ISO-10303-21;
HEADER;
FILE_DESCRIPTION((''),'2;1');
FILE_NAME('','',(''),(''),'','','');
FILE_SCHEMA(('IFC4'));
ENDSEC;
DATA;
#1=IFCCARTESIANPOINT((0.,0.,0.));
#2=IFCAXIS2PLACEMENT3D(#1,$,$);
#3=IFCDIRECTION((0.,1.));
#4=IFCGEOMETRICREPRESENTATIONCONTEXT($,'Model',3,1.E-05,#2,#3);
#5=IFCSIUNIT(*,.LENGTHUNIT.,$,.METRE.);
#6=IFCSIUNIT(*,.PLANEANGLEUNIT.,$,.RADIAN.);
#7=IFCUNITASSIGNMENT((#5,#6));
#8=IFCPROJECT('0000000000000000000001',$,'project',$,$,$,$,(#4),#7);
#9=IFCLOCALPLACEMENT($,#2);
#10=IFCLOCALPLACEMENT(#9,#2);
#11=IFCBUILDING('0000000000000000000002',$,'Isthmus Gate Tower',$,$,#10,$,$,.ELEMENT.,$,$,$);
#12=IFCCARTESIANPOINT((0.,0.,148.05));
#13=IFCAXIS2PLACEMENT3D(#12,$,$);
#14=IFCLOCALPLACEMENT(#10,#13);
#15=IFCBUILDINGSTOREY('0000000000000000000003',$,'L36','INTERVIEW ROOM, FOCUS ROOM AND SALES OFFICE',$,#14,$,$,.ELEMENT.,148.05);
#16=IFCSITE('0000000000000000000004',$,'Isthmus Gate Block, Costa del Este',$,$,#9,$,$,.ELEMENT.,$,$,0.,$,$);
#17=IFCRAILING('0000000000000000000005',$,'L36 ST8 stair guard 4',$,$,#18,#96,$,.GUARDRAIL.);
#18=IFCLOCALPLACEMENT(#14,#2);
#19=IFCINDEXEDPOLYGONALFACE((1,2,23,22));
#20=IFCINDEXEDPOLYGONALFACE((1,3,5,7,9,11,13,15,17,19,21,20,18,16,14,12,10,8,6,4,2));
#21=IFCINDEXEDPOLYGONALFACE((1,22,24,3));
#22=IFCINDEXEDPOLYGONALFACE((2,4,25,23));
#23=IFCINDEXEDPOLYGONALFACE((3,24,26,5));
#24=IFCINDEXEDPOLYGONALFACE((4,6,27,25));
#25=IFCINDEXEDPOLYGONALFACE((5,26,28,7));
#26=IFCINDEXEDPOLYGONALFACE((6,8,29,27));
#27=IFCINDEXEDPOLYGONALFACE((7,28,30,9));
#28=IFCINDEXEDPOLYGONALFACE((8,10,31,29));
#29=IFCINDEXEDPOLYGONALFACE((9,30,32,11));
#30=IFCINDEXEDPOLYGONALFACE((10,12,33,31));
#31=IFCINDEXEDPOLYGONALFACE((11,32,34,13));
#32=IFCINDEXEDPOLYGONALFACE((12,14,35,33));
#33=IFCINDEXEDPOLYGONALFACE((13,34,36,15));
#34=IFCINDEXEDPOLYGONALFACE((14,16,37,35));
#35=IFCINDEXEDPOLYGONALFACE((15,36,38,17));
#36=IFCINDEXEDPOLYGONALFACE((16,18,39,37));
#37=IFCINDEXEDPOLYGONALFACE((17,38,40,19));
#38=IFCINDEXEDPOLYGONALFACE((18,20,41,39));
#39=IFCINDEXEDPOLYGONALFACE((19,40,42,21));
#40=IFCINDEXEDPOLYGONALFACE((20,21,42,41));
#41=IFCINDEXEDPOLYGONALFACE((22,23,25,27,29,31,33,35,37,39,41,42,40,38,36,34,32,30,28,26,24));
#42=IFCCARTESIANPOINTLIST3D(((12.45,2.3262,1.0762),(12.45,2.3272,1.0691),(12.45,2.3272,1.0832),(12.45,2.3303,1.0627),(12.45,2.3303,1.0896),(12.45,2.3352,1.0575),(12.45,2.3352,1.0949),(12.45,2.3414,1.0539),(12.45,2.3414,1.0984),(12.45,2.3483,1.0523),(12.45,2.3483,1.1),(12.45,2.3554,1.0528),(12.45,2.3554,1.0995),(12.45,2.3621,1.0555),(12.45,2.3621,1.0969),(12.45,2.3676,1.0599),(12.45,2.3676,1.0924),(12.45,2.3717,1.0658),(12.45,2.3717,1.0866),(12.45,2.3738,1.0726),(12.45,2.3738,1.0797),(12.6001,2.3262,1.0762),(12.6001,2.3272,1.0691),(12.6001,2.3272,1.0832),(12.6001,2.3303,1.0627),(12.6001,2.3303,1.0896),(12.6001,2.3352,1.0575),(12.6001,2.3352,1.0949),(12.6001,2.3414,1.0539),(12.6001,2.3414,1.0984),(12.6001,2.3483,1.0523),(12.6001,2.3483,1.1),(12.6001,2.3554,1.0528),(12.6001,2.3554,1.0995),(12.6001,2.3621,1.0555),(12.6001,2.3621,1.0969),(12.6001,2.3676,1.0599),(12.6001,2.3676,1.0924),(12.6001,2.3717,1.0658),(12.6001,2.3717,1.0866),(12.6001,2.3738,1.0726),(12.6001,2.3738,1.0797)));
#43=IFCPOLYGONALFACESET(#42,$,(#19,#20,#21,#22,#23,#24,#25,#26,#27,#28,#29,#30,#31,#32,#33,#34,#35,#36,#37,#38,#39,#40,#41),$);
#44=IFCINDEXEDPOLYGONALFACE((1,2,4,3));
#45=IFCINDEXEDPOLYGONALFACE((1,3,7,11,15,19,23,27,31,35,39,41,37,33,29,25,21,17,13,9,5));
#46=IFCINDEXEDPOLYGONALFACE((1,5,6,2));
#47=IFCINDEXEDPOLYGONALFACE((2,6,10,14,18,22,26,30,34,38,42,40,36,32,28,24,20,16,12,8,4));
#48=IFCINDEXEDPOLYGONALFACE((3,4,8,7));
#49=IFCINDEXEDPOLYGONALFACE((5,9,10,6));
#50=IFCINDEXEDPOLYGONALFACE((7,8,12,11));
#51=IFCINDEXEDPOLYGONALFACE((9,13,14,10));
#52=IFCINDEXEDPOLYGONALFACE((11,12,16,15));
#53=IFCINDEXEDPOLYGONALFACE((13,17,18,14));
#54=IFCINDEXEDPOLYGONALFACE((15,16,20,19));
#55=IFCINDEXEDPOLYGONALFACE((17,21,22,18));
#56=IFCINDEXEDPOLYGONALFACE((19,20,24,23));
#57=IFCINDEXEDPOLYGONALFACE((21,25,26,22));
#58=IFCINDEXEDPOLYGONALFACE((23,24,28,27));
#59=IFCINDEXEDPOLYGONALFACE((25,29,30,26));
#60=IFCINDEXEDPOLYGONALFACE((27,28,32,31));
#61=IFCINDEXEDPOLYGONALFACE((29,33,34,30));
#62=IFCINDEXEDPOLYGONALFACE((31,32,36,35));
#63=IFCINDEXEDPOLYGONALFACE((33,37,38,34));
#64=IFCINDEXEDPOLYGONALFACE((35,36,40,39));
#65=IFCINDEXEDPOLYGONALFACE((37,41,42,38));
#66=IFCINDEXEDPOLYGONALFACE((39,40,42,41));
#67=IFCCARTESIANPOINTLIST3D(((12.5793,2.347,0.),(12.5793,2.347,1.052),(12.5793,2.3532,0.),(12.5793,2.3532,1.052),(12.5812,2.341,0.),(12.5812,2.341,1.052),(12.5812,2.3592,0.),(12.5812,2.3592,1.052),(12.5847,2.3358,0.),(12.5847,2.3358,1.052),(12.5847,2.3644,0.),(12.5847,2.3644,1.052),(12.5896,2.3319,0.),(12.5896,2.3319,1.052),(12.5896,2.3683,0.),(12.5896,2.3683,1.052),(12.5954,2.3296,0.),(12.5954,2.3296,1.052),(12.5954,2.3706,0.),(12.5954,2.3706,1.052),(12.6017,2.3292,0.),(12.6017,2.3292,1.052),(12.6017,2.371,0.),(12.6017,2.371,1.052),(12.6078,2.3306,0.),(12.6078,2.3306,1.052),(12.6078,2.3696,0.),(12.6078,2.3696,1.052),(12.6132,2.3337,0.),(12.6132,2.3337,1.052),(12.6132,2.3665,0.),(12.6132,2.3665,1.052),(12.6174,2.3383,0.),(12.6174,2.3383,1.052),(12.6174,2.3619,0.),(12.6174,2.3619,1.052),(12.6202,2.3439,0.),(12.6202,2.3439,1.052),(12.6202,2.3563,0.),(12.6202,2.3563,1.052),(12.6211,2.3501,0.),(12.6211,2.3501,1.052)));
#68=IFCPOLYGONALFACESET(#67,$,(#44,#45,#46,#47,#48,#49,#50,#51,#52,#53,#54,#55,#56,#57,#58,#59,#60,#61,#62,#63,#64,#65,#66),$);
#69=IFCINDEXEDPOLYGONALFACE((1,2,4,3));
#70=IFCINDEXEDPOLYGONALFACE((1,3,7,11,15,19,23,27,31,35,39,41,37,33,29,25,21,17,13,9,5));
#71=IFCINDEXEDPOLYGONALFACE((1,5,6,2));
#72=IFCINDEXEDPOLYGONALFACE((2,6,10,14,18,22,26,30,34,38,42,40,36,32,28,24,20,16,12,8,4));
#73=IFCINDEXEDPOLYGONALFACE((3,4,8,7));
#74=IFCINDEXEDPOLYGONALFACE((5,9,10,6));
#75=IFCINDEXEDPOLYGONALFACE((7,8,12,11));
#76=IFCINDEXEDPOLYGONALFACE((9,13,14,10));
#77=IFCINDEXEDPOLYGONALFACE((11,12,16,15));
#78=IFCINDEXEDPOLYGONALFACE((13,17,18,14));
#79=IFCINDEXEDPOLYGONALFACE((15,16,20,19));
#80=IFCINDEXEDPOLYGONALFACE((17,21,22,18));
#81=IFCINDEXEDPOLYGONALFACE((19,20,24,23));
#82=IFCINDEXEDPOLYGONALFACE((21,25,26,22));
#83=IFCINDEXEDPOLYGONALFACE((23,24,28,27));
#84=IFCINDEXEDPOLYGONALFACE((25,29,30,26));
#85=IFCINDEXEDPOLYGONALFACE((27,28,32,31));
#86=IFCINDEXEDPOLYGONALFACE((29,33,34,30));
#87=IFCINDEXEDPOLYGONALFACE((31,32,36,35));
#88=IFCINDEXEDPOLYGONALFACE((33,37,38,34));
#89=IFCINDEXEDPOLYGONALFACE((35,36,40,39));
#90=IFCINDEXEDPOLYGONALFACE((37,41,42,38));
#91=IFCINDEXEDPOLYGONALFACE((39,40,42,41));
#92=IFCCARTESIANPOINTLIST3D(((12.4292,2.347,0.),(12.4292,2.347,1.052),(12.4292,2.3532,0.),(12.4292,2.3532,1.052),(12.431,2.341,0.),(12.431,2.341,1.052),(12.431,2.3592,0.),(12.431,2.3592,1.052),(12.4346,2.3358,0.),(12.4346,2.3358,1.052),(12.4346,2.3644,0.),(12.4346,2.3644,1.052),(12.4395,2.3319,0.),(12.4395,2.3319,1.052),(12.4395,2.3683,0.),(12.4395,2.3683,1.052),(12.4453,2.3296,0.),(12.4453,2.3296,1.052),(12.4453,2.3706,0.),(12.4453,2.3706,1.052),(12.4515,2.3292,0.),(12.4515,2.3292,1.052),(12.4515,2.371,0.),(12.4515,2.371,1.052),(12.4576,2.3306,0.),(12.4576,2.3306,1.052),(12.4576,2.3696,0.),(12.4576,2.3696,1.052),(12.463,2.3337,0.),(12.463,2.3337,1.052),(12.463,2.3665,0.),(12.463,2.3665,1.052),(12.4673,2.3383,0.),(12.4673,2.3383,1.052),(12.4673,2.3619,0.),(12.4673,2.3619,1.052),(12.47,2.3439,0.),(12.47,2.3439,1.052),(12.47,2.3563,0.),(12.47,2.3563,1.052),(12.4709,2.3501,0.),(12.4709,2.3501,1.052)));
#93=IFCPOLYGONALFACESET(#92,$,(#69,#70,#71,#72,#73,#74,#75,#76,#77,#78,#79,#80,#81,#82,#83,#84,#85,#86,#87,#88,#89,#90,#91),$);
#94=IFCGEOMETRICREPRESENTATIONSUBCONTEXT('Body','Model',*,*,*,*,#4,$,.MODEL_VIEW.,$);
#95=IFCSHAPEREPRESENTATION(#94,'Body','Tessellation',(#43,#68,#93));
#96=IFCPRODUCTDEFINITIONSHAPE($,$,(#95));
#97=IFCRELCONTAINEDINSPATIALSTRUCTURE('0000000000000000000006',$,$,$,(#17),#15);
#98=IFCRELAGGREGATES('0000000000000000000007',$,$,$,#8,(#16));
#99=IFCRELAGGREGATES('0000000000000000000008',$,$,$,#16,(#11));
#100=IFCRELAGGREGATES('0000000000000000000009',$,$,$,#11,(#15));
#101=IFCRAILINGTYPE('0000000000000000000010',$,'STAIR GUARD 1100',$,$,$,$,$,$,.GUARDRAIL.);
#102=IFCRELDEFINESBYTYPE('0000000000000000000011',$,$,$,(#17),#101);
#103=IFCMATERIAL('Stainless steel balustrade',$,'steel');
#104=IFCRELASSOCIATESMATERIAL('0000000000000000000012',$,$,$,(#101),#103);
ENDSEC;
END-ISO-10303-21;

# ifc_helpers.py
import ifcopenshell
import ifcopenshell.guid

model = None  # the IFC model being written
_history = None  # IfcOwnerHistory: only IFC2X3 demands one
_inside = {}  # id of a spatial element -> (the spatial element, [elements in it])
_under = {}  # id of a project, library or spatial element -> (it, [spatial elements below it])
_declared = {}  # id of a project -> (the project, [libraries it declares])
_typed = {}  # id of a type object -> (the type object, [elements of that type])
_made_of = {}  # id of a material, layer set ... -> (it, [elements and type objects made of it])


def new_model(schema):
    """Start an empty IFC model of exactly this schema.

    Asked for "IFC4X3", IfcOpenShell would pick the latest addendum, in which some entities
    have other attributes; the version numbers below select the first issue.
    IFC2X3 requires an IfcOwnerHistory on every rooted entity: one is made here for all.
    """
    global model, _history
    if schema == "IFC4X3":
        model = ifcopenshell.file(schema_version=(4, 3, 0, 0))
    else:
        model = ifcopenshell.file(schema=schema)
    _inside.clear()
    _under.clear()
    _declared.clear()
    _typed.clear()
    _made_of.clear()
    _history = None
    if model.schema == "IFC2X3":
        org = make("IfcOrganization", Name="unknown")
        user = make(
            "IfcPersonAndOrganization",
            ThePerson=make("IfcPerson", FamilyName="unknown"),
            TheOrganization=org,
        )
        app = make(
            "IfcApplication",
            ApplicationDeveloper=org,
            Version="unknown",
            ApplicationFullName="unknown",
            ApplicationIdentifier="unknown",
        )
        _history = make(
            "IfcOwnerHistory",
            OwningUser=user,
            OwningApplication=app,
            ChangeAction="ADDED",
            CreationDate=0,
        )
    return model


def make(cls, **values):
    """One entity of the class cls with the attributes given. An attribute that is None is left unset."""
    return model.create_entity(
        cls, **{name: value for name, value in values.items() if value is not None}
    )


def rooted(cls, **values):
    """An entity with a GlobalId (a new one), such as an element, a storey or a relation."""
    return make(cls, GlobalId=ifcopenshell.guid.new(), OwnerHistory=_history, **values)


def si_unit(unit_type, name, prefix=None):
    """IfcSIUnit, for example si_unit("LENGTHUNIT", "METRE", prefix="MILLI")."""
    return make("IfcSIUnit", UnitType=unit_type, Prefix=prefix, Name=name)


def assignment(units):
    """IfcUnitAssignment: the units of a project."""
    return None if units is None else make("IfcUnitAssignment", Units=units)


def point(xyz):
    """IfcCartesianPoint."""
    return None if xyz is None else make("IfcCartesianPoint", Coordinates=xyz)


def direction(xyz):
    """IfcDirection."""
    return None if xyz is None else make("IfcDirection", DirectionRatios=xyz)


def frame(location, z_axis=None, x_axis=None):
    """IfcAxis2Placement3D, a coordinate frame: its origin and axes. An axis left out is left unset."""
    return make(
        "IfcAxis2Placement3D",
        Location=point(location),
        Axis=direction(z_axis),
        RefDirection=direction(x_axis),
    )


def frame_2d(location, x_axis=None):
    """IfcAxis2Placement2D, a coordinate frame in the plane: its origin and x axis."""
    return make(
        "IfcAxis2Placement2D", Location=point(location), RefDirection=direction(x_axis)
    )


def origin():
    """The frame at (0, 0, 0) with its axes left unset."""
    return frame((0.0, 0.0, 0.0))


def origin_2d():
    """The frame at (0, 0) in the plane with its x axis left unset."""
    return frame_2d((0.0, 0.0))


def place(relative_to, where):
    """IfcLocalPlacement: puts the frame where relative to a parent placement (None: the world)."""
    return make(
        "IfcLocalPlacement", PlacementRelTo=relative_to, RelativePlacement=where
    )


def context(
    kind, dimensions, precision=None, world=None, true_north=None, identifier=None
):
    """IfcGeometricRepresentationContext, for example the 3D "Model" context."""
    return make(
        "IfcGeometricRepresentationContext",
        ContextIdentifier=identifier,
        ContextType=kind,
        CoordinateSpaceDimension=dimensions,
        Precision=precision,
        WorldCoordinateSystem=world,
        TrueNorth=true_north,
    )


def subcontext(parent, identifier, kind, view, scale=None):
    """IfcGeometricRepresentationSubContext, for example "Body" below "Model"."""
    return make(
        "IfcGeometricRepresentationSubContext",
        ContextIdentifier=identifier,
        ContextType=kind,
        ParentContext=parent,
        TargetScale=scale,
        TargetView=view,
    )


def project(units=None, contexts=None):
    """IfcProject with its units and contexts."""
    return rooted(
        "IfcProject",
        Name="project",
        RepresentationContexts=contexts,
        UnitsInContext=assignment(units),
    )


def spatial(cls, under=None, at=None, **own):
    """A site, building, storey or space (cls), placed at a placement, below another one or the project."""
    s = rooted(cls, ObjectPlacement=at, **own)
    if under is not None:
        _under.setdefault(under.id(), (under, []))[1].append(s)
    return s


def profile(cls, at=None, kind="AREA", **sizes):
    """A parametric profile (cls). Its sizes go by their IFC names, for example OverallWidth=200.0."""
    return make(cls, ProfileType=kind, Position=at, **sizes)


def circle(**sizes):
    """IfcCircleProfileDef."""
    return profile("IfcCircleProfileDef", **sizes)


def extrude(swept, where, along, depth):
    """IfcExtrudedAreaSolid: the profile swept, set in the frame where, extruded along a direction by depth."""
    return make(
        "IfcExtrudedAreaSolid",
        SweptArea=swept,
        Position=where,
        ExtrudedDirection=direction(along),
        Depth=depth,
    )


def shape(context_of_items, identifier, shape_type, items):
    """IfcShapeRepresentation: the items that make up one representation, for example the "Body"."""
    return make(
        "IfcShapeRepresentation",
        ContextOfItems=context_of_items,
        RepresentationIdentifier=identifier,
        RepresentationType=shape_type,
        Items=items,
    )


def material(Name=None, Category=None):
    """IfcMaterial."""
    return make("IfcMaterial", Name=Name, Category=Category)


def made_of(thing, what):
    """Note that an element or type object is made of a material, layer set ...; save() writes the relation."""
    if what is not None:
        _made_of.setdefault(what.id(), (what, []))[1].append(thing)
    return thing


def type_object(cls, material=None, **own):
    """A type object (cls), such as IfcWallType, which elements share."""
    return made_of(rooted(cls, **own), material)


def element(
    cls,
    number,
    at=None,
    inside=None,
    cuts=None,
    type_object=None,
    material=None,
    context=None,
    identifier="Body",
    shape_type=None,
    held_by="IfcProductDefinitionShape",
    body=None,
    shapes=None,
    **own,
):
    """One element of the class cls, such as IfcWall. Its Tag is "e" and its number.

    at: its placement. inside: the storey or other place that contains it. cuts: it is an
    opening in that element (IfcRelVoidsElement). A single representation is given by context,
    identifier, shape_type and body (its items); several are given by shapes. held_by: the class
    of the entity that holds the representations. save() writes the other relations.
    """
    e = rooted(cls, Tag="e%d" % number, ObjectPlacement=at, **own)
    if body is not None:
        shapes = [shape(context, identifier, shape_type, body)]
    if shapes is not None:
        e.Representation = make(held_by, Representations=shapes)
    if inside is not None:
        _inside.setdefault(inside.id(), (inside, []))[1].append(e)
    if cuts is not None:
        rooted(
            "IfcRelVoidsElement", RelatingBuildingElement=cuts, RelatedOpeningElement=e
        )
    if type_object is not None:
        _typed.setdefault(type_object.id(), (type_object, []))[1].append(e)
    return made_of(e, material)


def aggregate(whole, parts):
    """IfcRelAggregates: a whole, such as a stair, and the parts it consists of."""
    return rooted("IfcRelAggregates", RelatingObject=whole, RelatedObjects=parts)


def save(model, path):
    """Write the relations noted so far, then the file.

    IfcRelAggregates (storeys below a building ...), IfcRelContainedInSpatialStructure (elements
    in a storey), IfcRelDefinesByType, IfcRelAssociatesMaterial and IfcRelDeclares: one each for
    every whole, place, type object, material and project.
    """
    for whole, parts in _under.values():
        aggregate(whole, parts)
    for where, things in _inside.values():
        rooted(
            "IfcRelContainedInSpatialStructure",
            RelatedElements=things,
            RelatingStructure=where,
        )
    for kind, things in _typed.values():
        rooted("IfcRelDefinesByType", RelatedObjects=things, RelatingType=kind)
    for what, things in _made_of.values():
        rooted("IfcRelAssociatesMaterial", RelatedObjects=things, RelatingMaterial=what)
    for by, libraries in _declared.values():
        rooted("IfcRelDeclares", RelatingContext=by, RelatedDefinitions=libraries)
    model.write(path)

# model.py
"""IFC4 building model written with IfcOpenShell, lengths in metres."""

from ifc_helpers import new_model, si_unit, direction, frame, origin, origin_2d, place, context, subcontext, project, spatial, circle, extrude, material, type_object, element, save


model = new_model("IFC4")

# Units and contexts
model_context = context("Model", 3, precision=1e-05, world=origin(), true_north=direction((0.0, 1.0)))
body_context = subcontext(model_context, "Body", "Model", "MODEL_VIEW")
ifc_project = project(units=[si_unit("LENGTHUNIT", "METRE"), si_unit("PLANEANGLEUNIT", "RADIAN")], contexts=[model_context])

# Site, building, storey
site_placement = place(None, origin())
site = spatial("IfcSite", under=ifc_project, at=site_placement, Name="Isthmus Gate Block, Costa del Este", CompositionType="ELEMENT", RefElevation=0.0)
building_placement = place(site_placement, origin())
building = spatial("IfcBuilding", under=site, at=building_placement, Name="Isthmus Gate Tower", CompositionType="ELEMENT")
storey_placement = place(building_placement, frame((0.0, 0.0, 148.05)))
storey = spatial("IfcBuildingStorey", under=building, at=storey_placement, Name="L36", Description="INTERVIEW ROOM, FOCUS ROOM AND SALES OFFICE", CompositionType="ELEMENT", Elevation=148.05)

# Railing
ifc_material_1 = material(Name="Stainless steel balustrade", Category="steel")
railing_type_1 = type_object("IfcRailingType", Name="STAIR GUARD 1100", PredefinedType="GUARDRAIL", material=ifc_material_1)
railing_1_placement = place(storey_placement, frame((12.6001, 2.3501, 0.0)))
element("IfcRailing", 1, at=railing_1_placement, inside=storey, type_object=railing_type_1, Name="L36 ST8 stair guard 4", PredefinedType="GUARDRAIL", context=body_context, shape_type="SweptSolid", body=[
    extrude(circle(Radius=0.0239, at=origin_2d()), frame((0.0, 0.0, 1.0762), z_axis=(-1.0, 0.0, 0.0), x_axis=(0.0, -1.0, 0.0)), (0.0, 0.0, 1.0), 0.1501),
    extrude(circle(Radius=0.021, at=origin_2d()), origin(), (0.0, 0.0, 1.0), 1.052),
    extrude(circle(Radius=0.021, at=origin_2d()), frame((-0.1501, 0.0, 0.0)), (0.0, 0.0, 1.0), 1.052),
])

save(model, "model.ifc")
